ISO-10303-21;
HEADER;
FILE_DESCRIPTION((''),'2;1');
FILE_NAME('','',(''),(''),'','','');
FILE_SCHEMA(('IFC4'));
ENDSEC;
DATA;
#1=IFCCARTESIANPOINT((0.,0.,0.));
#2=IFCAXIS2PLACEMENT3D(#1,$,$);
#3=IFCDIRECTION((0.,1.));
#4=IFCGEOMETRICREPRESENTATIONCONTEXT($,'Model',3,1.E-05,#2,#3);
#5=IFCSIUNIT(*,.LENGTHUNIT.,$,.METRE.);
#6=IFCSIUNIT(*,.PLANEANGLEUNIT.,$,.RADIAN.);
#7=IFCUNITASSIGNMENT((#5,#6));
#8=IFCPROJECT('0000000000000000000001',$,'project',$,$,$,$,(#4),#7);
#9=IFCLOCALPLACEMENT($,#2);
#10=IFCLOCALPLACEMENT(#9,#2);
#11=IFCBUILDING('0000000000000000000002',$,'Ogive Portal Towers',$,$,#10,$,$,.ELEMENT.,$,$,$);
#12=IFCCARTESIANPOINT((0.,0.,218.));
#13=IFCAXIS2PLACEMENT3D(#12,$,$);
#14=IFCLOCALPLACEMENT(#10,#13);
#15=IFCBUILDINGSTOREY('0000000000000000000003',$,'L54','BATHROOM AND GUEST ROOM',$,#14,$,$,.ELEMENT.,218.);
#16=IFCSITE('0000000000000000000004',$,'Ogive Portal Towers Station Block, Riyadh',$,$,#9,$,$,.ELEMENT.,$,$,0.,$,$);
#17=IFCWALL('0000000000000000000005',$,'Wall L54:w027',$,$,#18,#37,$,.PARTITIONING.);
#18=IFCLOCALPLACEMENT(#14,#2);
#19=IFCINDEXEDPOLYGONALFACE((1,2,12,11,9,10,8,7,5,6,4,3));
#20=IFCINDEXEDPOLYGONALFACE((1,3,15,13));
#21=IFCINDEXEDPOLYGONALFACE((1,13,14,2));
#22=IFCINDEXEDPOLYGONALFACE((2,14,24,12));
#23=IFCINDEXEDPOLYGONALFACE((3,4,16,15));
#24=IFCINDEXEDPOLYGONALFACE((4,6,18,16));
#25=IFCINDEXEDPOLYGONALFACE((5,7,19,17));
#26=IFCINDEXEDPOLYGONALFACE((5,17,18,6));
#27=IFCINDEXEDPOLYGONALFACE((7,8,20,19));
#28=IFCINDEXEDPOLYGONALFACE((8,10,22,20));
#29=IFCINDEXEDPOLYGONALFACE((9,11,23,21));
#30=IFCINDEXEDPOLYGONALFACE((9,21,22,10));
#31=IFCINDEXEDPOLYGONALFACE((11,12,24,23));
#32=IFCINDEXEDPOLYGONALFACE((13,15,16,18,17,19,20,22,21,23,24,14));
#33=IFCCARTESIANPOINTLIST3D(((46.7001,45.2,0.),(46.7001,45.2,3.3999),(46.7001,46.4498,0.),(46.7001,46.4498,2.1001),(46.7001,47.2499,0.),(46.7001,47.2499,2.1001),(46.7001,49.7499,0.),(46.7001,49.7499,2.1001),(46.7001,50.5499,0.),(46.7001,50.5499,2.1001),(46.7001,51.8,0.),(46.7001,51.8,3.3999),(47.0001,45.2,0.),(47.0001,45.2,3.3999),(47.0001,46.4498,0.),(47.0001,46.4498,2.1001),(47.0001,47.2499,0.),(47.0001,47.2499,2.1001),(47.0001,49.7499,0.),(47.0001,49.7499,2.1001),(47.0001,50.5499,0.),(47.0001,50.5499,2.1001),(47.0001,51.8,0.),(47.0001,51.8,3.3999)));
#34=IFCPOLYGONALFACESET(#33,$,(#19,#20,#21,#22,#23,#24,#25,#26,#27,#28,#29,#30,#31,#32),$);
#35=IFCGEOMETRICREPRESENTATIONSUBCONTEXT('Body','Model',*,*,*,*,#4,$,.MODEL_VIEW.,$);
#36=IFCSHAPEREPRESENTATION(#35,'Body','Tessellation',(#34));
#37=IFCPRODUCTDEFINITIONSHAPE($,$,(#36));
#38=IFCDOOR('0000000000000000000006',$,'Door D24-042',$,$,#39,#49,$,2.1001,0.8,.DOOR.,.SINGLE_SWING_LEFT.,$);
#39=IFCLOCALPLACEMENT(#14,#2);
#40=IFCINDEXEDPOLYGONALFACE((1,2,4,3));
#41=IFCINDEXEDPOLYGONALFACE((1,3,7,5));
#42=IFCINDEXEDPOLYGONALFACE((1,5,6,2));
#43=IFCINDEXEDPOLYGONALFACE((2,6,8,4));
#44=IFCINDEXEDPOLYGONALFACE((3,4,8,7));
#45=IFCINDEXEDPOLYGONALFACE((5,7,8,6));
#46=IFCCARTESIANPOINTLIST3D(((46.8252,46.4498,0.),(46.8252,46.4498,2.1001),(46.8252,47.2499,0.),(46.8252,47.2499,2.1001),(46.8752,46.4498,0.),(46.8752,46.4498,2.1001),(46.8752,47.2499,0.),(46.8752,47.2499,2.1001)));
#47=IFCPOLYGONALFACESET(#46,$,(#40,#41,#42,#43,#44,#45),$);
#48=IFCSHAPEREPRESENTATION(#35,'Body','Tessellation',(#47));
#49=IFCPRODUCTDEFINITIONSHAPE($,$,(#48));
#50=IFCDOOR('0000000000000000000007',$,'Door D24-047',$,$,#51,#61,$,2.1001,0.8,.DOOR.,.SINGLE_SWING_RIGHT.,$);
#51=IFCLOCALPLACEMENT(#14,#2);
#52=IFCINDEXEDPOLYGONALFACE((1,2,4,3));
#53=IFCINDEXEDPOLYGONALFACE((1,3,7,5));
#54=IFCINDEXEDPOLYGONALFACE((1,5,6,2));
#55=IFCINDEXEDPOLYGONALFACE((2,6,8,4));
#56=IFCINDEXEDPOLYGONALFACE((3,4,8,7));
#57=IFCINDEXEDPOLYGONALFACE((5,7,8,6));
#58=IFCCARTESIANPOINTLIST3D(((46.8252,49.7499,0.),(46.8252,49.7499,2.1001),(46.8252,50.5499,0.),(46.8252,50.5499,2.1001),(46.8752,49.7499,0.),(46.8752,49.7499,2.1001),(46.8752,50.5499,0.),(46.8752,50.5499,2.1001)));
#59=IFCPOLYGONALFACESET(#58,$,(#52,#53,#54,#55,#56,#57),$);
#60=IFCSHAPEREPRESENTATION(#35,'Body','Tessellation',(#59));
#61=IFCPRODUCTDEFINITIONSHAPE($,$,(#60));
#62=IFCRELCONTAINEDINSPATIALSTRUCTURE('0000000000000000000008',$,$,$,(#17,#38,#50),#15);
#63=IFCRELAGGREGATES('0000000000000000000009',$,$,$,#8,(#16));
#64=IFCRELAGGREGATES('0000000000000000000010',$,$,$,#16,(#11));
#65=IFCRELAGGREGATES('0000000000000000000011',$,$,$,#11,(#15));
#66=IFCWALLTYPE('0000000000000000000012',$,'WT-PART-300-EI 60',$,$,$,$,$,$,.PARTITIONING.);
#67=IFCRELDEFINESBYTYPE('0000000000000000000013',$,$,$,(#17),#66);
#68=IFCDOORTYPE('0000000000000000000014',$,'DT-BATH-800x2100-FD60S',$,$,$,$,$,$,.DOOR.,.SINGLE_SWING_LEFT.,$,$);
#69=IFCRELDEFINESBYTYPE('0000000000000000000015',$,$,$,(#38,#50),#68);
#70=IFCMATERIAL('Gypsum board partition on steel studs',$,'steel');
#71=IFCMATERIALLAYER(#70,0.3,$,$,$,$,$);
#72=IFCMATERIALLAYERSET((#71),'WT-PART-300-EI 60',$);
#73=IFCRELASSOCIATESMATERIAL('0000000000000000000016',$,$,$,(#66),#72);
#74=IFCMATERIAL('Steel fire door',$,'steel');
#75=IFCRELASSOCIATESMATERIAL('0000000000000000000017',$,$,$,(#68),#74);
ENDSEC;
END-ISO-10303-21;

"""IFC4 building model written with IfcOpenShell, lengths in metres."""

from ifc_helpers import new_model, si_unit, direction, frame, frame_2d, origin, place, context, subcontext, project, spatial, rectangle, extrude, material, layer, layer_set, type_object, element, fill, save


model = new_model("IFC4")

# Units and contexts
model_context = context("Model", 3, precision=1e-05, world=origin(), true_north=direction((0.0, 1.0)))
body_context = subcontext(model_context, "Body", "Model", "MODEL_VIEW")
ifc_project = project(units=[si_unit("LENGTHUNIT", "METRE"), si_unit("PLANEANGLEUNIT", "RADIAN")], contexts=[model_context])

# Site, building, storey
site_placement = place(None, origin())
site = spatial("IfcSite", under=ifc_project, at=site_placement, Name="Ogive Portal Towers Station Block, Riyadh", CompositionType="ELEMENT", RefElevation=0.0)
building_placement = place(site_placement, origin())
building = spatial("IfcBuilding", under=site, at=building_placement, Name="Ogive Portal Towers", CompositionType="ELEMENT")
storey_placement = place(building_placement, frame((0.0, 0.0, 218.0)))
storey = spatial("IfcBuildingStorey", under=building, at=storey_placement, Name="L54", Description="BATHROOM AND GUEST ROOM", CompositionType="ELEMENT", Elevation=218.0)

# Shared definitions
ifc_material_1 = material(Name="Gypsum board partition on steel studs", Category="steel")
ifc_layer_1 = layer(ifc_material_1, 0.3)
ifc_layer_set_1 = layer_set([ifc_layer_1], Name="WT-PART-300-EI 60")
wall_type = type_object("IfcWallType", Name="WT-PART-300-EI 60", PredefinedType="PARTITIONING", material=ifc_layer_set_1)

# Wall, openings, doors
wall_1_placement = place(storey_placement, frame((46.8501, 45.2, 0.0), z_axis=(0.0, 0.0, 1.0), x_axis=(0.0, 1.0, 0.0)))
wall_1 = element("IfcWall", 1, at=wall_1_placement, inside=storey, type_object=wall_type, Name="Wall L54:w027", PredefinedType="PARTITIONING", context=body_context, shape_type="SweptSolid", body=[
    extrude(rectangle(XDim=6.6001, YDim=0.3, at=frame_2d((3.3, 0.0))), origin(), (0.0, 0.0, 1.0), 3.3999),
])
opening_1_placement = place(wall_1_placement, frame((1.25, 0.0, 0.0)))
opening_1 = element("IfcOpeningElement", 2, at=opening_1_placement, cuts=wall_1, PredefinedType="OPENING", context=body_context, shape_type="SweptSolid", body=[
    extrude(rectangle(XDim=0.8, YDim=2.1001, at=frame_2d((0.3999, 1.05))), frame((0.0, 0.1602, 0.0), z_axis=(0.0, -1.0, 0.0), x_axis=(1.0, 0.0, 0.0)), (0.0, 0.0, 1.0), 0.3201),
])
opening_2_placement = place(wall_1_placement, frame((4.55, 0.0, 0.0)))
opening_2 = element("IfcOpeningElement", 3, at=opening_2_placement, cuts=wall_1, PredefinedType="OPENING", context=body_context, shape_type="SweptSolid", body=[
    extrude(rectangle(XDim=0.8, YDim=2.1001, at=frame_2d((0.3999, 1.05))), frame((0.0, 0.1602, 0.0), z_axis=(0.0, -1.0, 0.0), x_axis=(1.0, 0.0, 0.0)), (0.0, 0.0, 1.0), 0.3201),
])
ifc_material_2 = material(Name="Steel fire door", Category="steel")
door_type = type_object("IfcDoorType", Name="DT-BATH-800x2100-FD60S", OperationType="SINGLE_SWING_LEFT", PredefinedType="DOOR", material=ifc_material_2)
door_1_placement = place(opening_1_placement, origin())
door_1 = element("IfcDoor", 4, at=door_1_placement, inside=storey, type_object=door_type, Name="Door D24-042", OperationType="SINGLE_SWING_LEFT", OverallHeight=2.1001, OverallWidth=0.8, PredefinedType="DOOR", context=body_context, shape_type="SweptSolid", body=[
    extrude(rectangle(XDim=0.8, YDim=2.1001, at=frame_2d((0.3999, 1.05))), frame((0.0, 0.0249, 0.0), z_axis=(0.0, -1.0, 0.0), x_axis=(1.0, 0.0, 0.0)), (0.0, 0.0, 1.0), 0.05),
])
fill(opening_1, door_1)
door_2_placement = place(opening_2_placement, origin())
door_2 = element("IfcDoor", 5, at=door_2_placement, inside=storey, type_object=door_type, Name="Door D24-047", OperationType="SINGLE_SWING_RIGHT", OverallHeight=2.1001, OverallWidth=0.8, PredefinedType="DOOR", context=body_context, shape_type="SweptSolid", body=[
    extrude(rectangle(XDim=0.8, YDim=2.1001, at=frame_2d((0.3999, 1.05))), frame((0.0, 0.0249, 0.0), z_axis=(0.0, -1.0, 0.0), x_axis=(1.0, 0.0, 0.0)), (0.0, 0.0, 1.0), 0.05),
])
fill(opening_2, door_2)

save(model, "model.ifc")
